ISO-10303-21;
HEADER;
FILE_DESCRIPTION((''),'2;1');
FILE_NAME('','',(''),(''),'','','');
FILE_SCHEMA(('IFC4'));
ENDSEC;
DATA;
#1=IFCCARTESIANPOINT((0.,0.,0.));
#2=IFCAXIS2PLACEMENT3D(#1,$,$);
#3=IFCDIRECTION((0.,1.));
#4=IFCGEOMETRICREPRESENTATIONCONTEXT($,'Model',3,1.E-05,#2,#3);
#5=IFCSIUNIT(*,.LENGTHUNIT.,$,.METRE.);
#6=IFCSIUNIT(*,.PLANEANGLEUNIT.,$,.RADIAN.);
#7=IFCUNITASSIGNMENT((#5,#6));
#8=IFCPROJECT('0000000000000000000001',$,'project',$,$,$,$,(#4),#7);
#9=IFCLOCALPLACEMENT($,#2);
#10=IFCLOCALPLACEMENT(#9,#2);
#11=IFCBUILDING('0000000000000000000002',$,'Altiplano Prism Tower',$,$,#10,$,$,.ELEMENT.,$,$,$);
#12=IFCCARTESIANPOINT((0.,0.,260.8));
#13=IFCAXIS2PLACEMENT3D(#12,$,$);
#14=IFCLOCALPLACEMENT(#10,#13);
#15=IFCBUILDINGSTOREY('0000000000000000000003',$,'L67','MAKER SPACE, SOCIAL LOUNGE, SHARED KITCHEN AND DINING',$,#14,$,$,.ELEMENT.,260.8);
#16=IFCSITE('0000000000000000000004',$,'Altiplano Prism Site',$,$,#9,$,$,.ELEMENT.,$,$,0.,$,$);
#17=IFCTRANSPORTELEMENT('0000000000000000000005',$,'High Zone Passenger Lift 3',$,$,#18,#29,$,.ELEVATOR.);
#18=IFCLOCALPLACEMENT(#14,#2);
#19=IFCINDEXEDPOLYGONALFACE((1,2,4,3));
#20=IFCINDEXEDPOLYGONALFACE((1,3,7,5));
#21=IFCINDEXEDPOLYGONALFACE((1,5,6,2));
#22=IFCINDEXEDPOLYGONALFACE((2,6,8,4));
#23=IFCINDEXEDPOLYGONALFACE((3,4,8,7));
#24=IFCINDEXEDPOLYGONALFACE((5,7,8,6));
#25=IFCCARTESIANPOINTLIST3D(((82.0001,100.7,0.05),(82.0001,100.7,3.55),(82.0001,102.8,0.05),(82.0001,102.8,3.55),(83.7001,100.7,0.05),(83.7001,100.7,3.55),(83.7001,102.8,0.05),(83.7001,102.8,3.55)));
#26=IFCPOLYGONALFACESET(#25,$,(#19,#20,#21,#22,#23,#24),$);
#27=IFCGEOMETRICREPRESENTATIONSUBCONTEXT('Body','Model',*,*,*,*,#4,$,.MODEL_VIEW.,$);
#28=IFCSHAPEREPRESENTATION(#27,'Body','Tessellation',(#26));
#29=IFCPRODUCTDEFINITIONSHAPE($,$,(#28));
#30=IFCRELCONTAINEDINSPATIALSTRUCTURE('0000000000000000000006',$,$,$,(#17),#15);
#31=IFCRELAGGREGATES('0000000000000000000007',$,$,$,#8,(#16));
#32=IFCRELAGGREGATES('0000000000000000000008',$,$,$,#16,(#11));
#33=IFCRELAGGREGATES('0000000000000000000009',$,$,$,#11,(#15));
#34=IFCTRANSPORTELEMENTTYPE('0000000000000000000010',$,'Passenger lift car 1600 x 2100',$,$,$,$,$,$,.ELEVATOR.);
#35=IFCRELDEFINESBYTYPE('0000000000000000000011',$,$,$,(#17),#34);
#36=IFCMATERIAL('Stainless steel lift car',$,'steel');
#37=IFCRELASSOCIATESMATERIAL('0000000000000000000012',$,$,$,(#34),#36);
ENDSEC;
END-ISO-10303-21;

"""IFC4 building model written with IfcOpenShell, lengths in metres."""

from ifc_helpers import new_model, si_unit, direction, frame, origin, origin_2d, place, context, subcontext, project, spatial, rectangle, extrude, material, type_object, element, save


model = new_model("IFC4")

# Units and contexts
model_context = context("Model", 3, precision=1e-05, world=origin(), true_north=direction((0.0, 1.0)))
body_context = subcontext(model_context, "Body", "Model", "MODEL_VIEW")
ifc_project = project(units=[si_unit("LENGTHUNIT", "METRE"), si_unit("PLANEANGLEUNIT", "RADIAN")], contexts=[model_context])

# Site, building, storey
site_placement = place(None, origin())
site = spatial("IfcSite", under=ifc_project, at=site_placement, Name="Altiplano Prism Site", CompositionType="ELEMENT", RefElevation=0.0)
building_placement = place(site_placement, origin())
building = spatial("IfcBuilding", under=site, at=building_placement, Name="Altiplano Prism Tower", CompositionType="ELEMENT")
storey_placement = place(building_placement, frame((0.0, 0.0, 260.8)))
storey = spatial("IfcBuildingStorey", under=building, at=storey_placement, Name="L67", Description="MAKER SPACE, SOCIAL LOUNGE, SHARED KITCHEN AND DINING", CompositionType="ELEMENT", Elevation=260.8)

# Transport element
ifc_material_1 = material(Name="Stainless steel lift car", Category="steel")
transport_element_type = type_object("IfcTransportElementType", Name="Passenger lift car 1600 x 2100", PredefinedType="ELEVATOR", material=ifc_material_1)
for number, where, z_axis, x_axis, name in (
    (1, (82.8501, 101.75, 0.05), (0.0, 0.0, 1.0), (1.0, 0.0, 0.0), "High Zone Passenger Lift 3"),
):
    element("IfcTransportElement", number, at=place(storey_placement, frame(where, z_axis=z_axis, x_axis=x_axis)), inside=storey, type_object=transport_element_type, Name=name, PredefinedType="ELEVATOR", context=body_context, shape_type="SweptSolid", body=[
        extrude(rectangle(XDim=1.7, YDim=2.1001, at=origin_2d()), origin(), (0.0, 0.0, 1.0), 3.5),
    ])

save(model, "model.ifc")
